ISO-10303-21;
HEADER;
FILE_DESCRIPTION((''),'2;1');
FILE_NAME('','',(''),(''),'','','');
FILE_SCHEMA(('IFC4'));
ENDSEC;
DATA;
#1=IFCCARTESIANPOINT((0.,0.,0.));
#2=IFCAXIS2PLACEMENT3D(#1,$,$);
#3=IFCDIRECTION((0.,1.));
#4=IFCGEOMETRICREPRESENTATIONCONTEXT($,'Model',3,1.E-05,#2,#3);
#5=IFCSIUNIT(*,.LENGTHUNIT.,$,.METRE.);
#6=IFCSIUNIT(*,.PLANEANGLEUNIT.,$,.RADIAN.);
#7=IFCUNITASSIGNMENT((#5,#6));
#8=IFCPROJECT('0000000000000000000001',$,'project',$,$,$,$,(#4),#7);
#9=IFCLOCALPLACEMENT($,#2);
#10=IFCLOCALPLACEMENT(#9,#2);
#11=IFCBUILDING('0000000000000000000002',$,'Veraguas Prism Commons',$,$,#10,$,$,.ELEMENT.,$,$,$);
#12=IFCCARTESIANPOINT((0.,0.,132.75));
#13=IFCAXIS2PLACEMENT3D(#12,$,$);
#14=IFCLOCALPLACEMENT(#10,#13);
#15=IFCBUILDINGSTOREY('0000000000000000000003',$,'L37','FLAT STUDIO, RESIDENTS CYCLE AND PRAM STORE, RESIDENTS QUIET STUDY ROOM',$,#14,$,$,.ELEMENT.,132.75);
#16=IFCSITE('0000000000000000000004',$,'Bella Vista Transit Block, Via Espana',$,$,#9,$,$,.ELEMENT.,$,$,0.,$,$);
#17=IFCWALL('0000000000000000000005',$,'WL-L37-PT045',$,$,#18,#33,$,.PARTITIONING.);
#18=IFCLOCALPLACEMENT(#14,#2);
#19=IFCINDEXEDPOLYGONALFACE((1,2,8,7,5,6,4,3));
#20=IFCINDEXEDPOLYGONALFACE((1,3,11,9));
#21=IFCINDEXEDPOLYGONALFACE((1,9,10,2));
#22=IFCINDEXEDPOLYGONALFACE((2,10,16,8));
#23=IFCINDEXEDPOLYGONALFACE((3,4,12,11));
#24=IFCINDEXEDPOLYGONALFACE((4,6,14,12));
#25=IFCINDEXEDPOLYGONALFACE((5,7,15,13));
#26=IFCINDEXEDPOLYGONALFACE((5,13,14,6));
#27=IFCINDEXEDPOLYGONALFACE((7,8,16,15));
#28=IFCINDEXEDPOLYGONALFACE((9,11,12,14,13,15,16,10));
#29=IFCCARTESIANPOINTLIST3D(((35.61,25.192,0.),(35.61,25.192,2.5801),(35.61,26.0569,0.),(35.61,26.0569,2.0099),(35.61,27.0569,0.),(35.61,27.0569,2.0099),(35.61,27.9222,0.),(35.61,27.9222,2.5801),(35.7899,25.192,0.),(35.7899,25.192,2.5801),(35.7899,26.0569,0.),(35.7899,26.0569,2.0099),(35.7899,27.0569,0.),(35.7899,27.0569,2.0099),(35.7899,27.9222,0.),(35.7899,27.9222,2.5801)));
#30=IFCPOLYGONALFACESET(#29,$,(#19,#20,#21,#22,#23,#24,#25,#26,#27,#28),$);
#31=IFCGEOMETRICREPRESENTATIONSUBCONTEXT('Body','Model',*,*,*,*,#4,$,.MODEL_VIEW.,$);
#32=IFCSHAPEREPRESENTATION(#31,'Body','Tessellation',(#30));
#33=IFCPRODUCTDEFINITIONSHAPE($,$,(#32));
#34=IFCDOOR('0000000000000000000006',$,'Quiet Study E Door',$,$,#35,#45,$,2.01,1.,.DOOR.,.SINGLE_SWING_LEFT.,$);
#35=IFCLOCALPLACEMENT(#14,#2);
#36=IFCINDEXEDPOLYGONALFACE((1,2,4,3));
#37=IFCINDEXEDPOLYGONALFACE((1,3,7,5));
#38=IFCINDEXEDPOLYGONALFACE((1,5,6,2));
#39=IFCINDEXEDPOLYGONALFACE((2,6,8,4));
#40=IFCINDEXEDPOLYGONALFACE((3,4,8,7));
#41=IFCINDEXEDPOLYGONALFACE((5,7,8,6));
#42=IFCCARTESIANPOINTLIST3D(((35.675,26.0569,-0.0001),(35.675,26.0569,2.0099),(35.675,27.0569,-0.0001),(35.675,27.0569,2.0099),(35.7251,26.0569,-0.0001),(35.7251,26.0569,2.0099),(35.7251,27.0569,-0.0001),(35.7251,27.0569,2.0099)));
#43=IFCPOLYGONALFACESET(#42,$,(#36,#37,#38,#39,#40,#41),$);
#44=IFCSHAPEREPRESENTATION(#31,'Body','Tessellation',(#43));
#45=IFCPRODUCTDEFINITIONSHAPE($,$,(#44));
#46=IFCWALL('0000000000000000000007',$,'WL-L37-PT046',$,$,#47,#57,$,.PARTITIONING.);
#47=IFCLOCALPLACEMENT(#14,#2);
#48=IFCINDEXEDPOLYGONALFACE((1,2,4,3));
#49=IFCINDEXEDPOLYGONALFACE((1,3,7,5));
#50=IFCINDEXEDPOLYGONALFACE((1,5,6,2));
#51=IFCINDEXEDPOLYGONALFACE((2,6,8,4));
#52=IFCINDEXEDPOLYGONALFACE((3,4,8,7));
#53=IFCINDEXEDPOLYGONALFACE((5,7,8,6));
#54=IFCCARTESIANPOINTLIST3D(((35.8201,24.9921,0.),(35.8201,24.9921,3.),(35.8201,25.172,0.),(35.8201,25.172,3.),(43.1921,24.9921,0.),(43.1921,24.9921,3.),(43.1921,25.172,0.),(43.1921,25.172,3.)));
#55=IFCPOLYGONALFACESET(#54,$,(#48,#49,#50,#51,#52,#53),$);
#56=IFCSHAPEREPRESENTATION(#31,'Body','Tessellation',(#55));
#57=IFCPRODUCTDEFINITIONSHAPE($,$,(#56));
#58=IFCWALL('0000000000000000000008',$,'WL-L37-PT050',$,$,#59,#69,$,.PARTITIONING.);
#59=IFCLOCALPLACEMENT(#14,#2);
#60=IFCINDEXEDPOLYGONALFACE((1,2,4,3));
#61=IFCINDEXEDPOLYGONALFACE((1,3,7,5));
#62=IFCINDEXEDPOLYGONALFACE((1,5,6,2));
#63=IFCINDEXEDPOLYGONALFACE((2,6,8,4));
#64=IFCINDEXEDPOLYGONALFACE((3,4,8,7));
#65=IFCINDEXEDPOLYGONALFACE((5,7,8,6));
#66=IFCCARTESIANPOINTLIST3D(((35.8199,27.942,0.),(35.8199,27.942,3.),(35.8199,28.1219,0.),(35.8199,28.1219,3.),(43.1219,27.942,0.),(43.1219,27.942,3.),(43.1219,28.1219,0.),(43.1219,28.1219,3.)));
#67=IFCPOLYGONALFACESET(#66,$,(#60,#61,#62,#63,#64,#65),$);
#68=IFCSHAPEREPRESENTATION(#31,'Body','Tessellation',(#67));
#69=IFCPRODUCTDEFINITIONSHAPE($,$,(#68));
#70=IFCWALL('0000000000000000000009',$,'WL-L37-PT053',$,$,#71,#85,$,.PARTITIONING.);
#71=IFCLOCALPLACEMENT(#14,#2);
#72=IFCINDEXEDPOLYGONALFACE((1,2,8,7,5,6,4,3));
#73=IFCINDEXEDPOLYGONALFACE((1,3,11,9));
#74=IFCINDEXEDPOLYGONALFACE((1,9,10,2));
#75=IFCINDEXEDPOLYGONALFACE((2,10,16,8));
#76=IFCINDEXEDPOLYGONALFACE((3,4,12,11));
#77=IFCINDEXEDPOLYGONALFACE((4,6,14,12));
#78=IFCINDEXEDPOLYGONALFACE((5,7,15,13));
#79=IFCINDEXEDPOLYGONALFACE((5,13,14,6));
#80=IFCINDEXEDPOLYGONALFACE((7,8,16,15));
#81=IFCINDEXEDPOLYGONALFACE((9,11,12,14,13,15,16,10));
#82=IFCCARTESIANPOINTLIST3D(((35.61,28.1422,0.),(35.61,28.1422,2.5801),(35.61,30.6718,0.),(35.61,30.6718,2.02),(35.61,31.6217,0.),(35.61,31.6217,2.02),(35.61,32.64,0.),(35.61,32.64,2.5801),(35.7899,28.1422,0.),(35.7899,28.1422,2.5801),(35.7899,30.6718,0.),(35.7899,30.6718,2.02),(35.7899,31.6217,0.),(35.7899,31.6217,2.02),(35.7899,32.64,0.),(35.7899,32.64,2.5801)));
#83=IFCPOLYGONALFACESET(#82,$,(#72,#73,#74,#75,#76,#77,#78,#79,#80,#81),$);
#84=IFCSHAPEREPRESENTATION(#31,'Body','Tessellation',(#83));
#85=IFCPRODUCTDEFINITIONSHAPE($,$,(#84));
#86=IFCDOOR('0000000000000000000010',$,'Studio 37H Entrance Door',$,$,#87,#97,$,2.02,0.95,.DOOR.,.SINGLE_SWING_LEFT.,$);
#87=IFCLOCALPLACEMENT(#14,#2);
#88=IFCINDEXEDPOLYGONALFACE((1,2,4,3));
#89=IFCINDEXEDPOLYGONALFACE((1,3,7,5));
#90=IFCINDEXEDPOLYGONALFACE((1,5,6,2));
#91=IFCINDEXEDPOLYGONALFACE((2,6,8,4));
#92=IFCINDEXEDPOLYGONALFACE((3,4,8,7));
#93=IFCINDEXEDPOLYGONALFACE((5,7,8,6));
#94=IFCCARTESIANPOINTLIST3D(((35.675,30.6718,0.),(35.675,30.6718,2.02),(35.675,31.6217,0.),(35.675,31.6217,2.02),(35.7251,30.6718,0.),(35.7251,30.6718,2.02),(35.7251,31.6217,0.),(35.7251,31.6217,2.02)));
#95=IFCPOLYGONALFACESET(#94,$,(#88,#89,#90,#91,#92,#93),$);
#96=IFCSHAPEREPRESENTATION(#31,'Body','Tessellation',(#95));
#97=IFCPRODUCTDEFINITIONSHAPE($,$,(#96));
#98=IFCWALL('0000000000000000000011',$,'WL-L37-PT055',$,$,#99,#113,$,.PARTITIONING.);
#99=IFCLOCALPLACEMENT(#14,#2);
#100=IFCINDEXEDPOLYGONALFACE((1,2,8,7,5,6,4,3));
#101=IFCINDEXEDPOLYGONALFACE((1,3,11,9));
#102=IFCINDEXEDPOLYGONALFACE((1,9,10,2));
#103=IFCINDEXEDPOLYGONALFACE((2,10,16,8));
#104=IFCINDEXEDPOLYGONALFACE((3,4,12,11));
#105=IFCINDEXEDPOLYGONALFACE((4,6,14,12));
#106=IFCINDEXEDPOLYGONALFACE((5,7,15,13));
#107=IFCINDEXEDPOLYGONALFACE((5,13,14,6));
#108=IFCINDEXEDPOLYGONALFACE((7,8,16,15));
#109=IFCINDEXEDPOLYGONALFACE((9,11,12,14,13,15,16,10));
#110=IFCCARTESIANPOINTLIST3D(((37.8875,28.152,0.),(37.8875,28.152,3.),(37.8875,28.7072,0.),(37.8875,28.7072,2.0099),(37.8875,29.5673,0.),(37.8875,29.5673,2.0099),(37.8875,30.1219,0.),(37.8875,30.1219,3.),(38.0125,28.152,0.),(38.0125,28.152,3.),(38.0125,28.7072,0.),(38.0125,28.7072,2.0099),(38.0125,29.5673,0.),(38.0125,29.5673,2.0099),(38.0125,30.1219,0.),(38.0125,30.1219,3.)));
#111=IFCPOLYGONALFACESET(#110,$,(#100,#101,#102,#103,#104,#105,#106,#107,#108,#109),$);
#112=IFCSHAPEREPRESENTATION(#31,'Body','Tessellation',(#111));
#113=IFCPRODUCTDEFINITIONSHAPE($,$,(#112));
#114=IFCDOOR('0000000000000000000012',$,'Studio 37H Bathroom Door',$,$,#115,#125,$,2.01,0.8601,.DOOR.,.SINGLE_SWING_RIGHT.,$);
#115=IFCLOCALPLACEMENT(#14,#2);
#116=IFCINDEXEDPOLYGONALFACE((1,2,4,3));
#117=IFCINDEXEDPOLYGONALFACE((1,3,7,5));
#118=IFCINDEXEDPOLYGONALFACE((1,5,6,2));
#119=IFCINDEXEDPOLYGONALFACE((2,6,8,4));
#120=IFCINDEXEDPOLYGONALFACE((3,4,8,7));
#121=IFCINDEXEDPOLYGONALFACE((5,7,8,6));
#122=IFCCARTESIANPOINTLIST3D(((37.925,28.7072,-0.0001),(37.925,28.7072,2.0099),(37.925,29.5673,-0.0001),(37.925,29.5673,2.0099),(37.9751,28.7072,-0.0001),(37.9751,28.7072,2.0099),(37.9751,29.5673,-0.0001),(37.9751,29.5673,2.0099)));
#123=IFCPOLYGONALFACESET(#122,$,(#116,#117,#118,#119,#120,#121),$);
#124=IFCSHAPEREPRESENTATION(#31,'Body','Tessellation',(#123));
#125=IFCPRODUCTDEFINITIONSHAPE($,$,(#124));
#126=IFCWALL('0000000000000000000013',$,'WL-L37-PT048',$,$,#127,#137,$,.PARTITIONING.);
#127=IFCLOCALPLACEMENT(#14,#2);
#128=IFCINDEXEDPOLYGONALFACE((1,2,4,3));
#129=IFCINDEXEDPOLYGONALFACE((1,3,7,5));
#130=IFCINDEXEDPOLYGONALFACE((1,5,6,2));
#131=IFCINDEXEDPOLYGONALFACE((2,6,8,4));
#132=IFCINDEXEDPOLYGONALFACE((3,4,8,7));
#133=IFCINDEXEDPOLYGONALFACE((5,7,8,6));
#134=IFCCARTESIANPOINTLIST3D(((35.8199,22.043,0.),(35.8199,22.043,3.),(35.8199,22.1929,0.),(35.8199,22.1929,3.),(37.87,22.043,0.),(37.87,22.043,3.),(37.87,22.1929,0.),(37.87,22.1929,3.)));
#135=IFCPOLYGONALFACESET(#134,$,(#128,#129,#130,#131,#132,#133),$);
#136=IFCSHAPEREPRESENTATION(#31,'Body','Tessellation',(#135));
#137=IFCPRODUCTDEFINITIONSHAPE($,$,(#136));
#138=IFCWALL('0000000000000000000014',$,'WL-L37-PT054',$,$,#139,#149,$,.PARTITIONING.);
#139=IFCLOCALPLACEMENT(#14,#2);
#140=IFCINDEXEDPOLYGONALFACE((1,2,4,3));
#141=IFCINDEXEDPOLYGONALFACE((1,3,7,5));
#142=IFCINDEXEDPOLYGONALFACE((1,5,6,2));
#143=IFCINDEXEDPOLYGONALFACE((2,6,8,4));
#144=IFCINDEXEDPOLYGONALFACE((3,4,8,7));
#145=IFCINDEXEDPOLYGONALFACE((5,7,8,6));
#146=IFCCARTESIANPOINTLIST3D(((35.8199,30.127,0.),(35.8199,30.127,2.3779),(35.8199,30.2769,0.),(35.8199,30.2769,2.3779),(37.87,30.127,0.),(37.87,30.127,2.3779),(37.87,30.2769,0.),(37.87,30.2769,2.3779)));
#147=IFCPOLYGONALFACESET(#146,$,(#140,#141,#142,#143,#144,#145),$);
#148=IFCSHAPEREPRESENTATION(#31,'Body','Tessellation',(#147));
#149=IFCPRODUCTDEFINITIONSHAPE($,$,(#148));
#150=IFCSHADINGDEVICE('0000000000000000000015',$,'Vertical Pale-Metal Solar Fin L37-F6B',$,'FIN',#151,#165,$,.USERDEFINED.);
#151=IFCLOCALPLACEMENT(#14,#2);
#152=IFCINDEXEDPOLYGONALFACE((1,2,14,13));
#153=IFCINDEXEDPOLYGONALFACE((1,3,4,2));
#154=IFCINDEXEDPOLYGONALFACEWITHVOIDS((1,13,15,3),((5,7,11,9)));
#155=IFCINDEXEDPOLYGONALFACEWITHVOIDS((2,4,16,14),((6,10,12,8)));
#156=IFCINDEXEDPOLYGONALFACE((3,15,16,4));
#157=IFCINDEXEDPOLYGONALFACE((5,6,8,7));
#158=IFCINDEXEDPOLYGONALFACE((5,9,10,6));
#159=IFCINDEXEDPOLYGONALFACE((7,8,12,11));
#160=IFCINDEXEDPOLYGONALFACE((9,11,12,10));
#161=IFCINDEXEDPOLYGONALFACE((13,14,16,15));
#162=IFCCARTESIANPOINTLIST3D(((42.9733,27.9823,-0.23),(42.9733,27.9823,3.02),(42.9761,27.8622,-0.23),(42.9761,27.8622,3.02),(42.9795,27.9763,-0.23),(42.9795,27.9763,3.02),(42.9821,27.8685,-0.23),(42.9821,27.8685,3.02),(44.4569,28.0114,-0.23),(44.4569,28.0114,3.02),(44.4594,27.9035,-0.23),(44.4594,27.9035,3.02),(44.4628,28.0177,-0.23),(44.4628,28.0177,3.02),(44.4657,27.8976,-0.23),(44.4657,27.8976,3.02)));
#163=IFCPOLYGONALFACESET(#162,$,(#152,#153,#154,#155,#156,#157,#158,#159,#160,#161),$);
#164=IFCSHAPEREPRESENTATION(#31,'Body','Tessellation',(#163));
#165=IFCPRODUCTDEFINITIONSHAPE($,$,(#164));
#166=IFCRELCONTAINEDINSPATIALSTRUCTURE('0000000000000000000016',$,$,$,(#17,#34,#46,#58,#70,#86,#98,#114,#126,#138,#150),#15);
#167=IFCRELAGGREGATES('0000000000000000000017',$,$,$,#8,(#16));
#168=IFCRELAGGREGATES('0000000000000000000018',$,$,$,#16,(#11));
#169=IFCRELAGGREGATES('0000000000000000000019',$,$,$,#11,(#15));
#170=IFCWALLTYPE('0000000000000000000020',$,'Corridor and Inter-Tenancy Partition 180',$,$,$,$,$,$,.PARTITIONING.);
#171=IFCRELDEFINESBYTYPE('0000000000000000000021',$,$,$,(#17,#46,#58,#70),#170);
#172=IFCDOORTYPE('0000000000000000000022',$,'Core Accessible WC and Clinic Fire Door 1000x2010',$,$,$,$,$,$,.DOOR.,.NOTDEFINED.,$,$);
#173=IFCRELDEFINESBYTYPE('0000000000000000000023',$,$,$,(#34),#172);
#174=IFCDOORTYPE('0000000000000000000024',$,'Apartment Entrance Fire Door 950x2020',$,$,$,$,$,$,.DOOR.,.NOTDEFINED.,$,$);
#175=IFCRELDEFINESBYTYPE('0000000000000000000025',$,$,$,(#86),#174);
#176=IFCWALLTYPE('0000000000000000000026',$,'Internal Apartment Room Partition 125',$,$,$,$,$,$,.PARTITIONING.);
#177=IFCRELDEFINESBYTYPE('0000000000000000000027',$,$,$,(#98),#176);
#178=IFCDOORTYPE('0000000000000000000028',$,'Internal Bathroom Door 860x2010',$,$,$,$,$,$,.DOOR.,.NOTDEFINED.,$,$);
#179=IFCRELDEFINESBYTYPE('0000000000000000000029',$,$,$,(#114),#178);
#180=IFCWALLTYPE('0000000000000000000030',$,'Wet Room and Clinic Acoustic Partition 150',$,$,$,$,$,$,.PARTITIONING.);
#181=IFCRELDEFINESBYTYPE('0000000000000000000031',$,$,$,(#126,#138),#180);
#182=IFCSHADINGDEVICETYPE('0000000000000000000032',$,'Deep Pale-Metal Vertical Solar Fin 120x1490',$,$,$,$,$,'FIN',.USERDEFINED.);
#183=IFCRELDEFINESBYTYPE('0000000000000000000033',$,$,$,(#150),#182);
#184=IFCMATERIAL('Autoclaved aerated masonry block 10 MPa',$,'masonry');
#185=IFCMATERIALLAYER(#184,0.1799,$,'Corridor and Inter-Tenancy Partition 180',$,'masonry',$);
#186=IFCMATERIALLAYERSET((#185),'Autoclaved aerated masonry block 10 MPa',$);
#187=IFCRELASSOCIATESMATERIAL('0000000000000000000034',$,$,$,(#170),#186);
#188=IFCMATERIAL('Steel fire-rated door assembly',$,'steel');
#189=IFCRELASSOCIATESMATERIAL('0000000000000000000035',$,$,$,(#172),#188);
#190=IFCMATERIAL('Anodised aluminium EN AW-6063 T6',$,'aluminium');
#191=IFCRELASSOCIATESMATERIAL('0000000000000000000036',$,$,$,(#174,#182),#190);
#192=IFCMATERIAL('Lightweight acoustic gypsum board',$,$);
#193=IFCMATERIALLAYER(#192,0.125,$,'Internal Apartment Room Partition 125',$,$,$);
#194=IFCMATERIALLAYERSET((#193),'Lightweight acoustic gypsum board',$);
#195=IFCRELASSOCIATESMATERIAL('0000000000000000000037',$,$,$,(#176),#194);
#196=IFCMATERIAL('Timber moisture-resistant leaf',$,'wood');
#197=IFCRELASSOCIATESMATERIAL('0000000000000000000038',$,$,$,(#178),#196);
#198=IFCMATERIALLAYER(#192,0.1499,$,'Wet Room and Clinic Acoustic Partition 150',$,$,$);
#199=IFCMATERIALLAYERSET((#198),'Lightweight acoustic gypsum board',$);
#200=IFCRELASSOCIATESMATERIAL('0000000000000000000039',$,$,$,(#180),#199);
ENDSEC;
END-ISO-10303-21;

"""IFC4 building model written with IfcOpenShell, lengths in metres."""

from ifc_helpers import new_model, si_unit, direction, frame, frame_2d, origin, origin_2d, place, context, subcontext, project, spatial, rectangle, hollow_rectangle, extrude, source, transform, mapped, material, layer, layer_set, material_profile, profile_set, type_object, element, fill, save


model = new_model("IFC4")

# Units and contexts
model_context = context("Model", 3, precision=1e-05, world=origin(), true_north=direction((0.0, 1.0)))
body_context = subcontext(model_context, "Body", "Model", "MODEL_VIEW")
ifc_project = project(units=[si_unit("LENGTHUNIT", "METRE"), si_unit("PLANEANGLEUNIT", "RADIAN")], contexts=[model_context])

# Site, building, storey
site_placement = place(None, origin())
site = spatial("IfcSite", under=ifc_project, at=site_placement, Name="Bella Vista Transit Block, Via Espana", CompositionType="ELEMENT", RefElevation=0.0)
building_placement = place(site_placement, origin())
building = spatial("IfcBuilding", under=site, at=building_placement, Name="Veraguas Prism Commons", CompositionType="ELEMENT")
storey_placement = place(building_placement, frame((0.0, 0.0, 132.75)))
storey = spatial("IfcBuildingStorey", under=building, at=storey_placement, Name="L37", Description="FLAT STUDIO, RESIDENTS CYCLE AND PRAM STORE, RESIDENTS QUIET STUDY ROOM", CompositionType="ELEMENT", Elevation=132.75)

# Shared definitions
ifc_material_1 = material(Name="Anodised aluminium EN AW-6063 T6", Category="aluminium")

# Wall, opening, door
ifc_material_2 = material(Name="Autoclaved aerated masonry block 10 MPa", Category="masonry")
ifc_layer_1 = layer(ifc_material_2, 0.1799, Name="Corridor and Inter-Tenancy Partition 180", Category="masonry")
ifc_layer_set_1 = layer_set([ifc_layer_1], Name="Autoclaved aerated masonry block 10 MPa")
wall_type_1 = type_object("IfcWallType", Name="Corridor and Inter-Tenancy Partition 180", PredefinedType="PARTITIONING", material=ifc_layer_set_1)
wall_1_placement = place(storey_placement, frame((35.7, 25.1919, 0.0), z_axis=(0.0, 0.0, 1.0), x_axis=(0.0, 1.0, 0.0)))
wall_1 = element("IfcWall", 1, at=wall_1_placement, inside=storey, type_object=wall_type_1, Name="WL-L37-PT045", PredefinedType="PARTITIONING", context=body_context, shape_type="SweptSolid", body=[
    extrude(rectangle(XDim=2.7302, YDim=0.1799, at=frame_2d((1.3652, 0.0))), origin(), (0.0, 0.0, 1.0), 2.5801),
])
opening_1_placement = place(wall_1_placement, frame((0.865, 0.0, 0.0)))
opening_1 = element("IfcOpeningElement", 2, at=opening_1_placement, cuts=wall_1, PredefinedType="OPENING", context=body_context, shape_type="SweptSolid", body=[
    extrude(rectangle(XDim=1.0, YDim=2.01, at=frame_2d((0.5, 1.0049))), frame((0.0, 0.0999, 0.0), z_axis=(0.0, -1.0, 0.0), x_axis=(1.0, 0.0, 0.0)), (0.0, 0.0, 1.0), 0.2),
])
ifc_material_3 = material(Name="Steel fire-rated door assembly", Category="steel")
door_type_1 = type_object("IfcDoorType", Name="Core Accessible WC and Clinic Fire Door 1000x2010", OperationType="NOTDEFINED", PredefinedType="DOOR", material=ifc_material_3)
shared_shape_1 = source(origin(), body_context, "Body", "SweptSolid", [
    extrude(rectangle(XDim=1.0, YDim=2.01, at=frame_2d((0.5, 1.0049))), frame((0.0, 0.0249, 0.0), z_axis=(0.0, -1.0, 0.0), x_axis=(1.0, 0.0, 0.0)), (0.0, 0.0, 1.0), 0.05),
])
door_1_placement = place(opening_1_placement, origin())
door_1 = element("IfcDoor", 3, at=door_1_placement, inside=storey, type_object=door_type_1, Name="Quiet Study E Door", OperationType="SINGLE_SWING_LEFT", OverallHeight=2.01, OverallWidth=1.0, PredefinedType="DOOR", context=body_context, shape_type="MappedRepresentation", body=[
    mapped(shared_shape_1, transform((0.0, 0.0, 0.0), scale=1.0)),
])
fill(opening_1, door_1)

# Walls
wall_2_placement = place(storey_placement, frame((35.8201, 25.082, 0.0), z_axis=(0.0, 0.0, 1.0), x_axis=(1.0, 0.0, 0.0)))
element("IfcWall", 4, at=wall_2_placement, inside=storey, type_object=wall_type_1, Name="WL-L37-PT046", PredefinedType="PARTITIONING", context=body_context, shape_type="SweptSolid", body=[
    extrude(rectangle(XDim=7.3721, YDim=0.1799, at=frame_2d((3.686, 0.0))), origin(), (0.0, 0.0, 1.0), 3.0),
])
wall_3_placement = place(storey_placement, frame((35.8201, 28.032, 0.0), z_axis=(0.0, 0.0, 1.0), x_axis=(1.0, 0.0, 0.0)))
element("IfcWall", 5, at=wall_3_placement, inside=storey, type_object=wall_type_1, Name="WL-L37-PT050", PredefinedType="PARTITIONING", context=body_context, shape_type="SweptSolid", body=[
    extrude(rectangle(XDim=7.302, YDim=0.1799, at=frame_2d((3.6509, 0.0))), origin(), (0.0, 0.0, 1.0), 3.0),
])

# Walls, openings, doors
wall_4_placement = place(storey_placement, frame((35.7, 28.1421, 0.0), z_axis=(0.0, 0.0, 1.0), x_axis=(0.0, 1.0, 0.0)))
wall_4 = element("IfcWall", 6, at=wall_4_placement, inside=storey, type_object=wall_type_1, Name="WL-L37-PT053", PredefinedType="PARTITIONING", context=body_context, shape_type="SweptSolid", body=[
    extrude(rectangle(XDim=4.4978, YDim=0.1799, at=frame_2d((2.249, 0.0))), origin(), (0.0, 0.0, 1.0), 2.5801),
])
opening_2_placement = place(wall_4_placement, frame((2.5295, 0.0, 0.0)))
opening_2 = element("IfcOpeningElement", 7, at=opening_2_placement, cuts=wall_4, PredefinedType="OPENING", context=body_context, shape_type="SweptSolid", body=[
    extrude(rectangle(XDim=0.95, YDim=2.02, at=frame_2d((0.4751, 1.01))), frame((0.0, 0.0999, 0.0), z_axis=(0.0, -1.0, 0.0), x_axis=(1.0, 0.0, 0.0)), (0.0, 0.0, 1.0), 0.2),
])
door_type_2 = type_object("IfcDoorType", Name="Apartment Entrance Fire Door 950x2020", OperationType="NOTDEFINED", PredefinedType="DOOR", material=ifc_material_1)
shared_shape_2 = source(origin(), body_context, "Body", "SweptSolid", [
    extrude(rectangle(XDim=0.95, YDim=2.02, at=frame_2d((0.4751, 1.01))), frame((0.0, 0.0249, 0.0), z_axis=(0.0, -1.0, 0.0), x_axis=(1.0, 0.0, 0.0)), (0.0, 0.0, 1.0), 0.05),
])
door_2_placement = place(opening_2_placement, origin())
door_2 = element("IfcDoor", 8, at=door_2_placement, inside=storey, type_object=door_type_2, Name="Studio 37H Entrance Door", OperationType="SINGLE_SWING_LEFT", OverallHeight=2.02, OverallWidth=0.95, PredefinedType="DOOR", context=body_context, shape_type="MappedRepresentation", body=[
    mapped(shared_shape_2, transform((0.0, 0.0, 0.0), scale=1.0)),
])
fill(opening_2, door_2)
ifc_material_4 = material(Name="Lightweight acoustic gypsum board")
ifc_layer_2 = layer(ifc_material_4, 0.125, Name="Internal Apartment Room Partition 125")
ifc_layer_set_2 = layer_set([ifc_layer_2], Name="Lightweight acoustic gypsum board")
wall_type_2 = type_object("IfcWallType", Name="Internal Apartment Room Partition 125", PredefinedType="PARTITIONING", material=ifc_layer_set_2)
wall_5_placement = place(storey_placement, frame((37.95, 28.1521, 0.0), z_axis=(0.0, 0.0, 1.0), x_axis=(0.0, 1.0, 0.0)))
wall_5 = element("IfcWall", 9, at=wall_5_placement, inside=storey, type_object=wall_type_2, Name="WL-L37-PT055", PredefinedType="PARTITIONING", context=body_context, shape_type="SweptSolid", body=[
    extrude(rectangle(XDim=1.97, YDim=0.125, at=frame_2d((0.9849, 0.0))), origin(), (0.0, 0.0, 1.0), 3.0),
])
opening_3_placement = place(wall_5_placement, frame((0.5549, 0.0, 0.0)))
opening_3 = element("IfcOpeningElement", 10, at=opening_3_placement, cuts=wall_5, PredefinedType="OPENING", context=body_context, shape_type="SweptSolid", body=[
    extrude(rectangle(XDim=0.8601, YDim=2.01, at=frame_2d((0.4302, 1.0049))), frame((0.0, 0.0725, 0.0), z_axis=(0.0, -1.0, 0.0), x_axis=(1.0, 0.0, 0.0)), (0.0, 0.0, 1.0), 0.145),
])
ifc_material_5 = material(Name="Timber moisture-resistant leaf", Category="wood")
door_type_3 = type_object("IfcDoorType", Name="Internal Bathroom Door 860x2010", OperationType="NOTDEFINED", PredefinedType="DOOR", material=ifc_material_5)
shared_shape_3 = source(origin(), body_context, "Body", "SweptSolid", [
    extrude(rectangle(XDim=0.8601, YDim=2.01, at=frame_2d((0.4302, 1.0049))), frame((0.0, 0.0249, 0.0), z_axis=(0.0, -1.0, 0.0), x_axis=(1.0, 0.0, 0.0)), (0.0, 0.0, 1.0), 0.05),
])
door_3_placement = place(opening_3_placement, origin())
door_3 = element("IfcDoor", 11, at=door_3_placement, inside=storey, type_object=door_type_3, Name="Studio 37H Bathroom Door", OperationType="SINGLE_SWING_RIGHT", OverallHeight=2.01, OverallWidth=0.8601, PredefinedType="DOOR", context=body_context, shape_type="MappedRepresentation", body=[
    mapped(shared_shape_3, transform((0.0, 0.0, 0.0), scale=1.0)),
])
fill(opening_3, door_3)

# Walls
ifc_layer_3 = layer(ifc_material_4, 0.1499, Name="Wet Room and Clinic Acoustic Partition 150")
ifc_layer_set_3 = layer_set([ifc_layer_3], Name="Lightweight acoustic gypsum board")
wall_type_3 = type_object("IfcWallType", Name="Wet Room and Clinic Acoustic Partition 150", PredefinedType="PARTITIONING", material=ifc_layer_set_3)
wall_6_placement = place(storey_placement, frame((35.8201, 22.1179, 0.0), z_axis=(0.0, 0.0, 1.0), x_axis=(1.0, 0.0, 0.0)))
element("IfcWall", 12, at=wall_6_placement, inside=storey, type_object=wall_type_3, Name="WL-L37-PT048", PredefinedType="PARTITIONING", context=body_context, shape_type="SweptSolid", body=[
    extrude(rectangle(XDim=2.05, YDim=0.1499, at=frame_2d((1.0249, 0.0))), origin(), (0.0, 0.0, 1.0), 3.0),
])
wall_7_placement = place(storey_placement, frame((35.8201, 30.2019, 0.0), z_axis=(0.0, 0.0, 1.0), x_axis=(1.0, 0.0, 0.0)))
element("IfcWall", 13, at=wall_7_placement, inside=storey, type_object=wall_type_3, Name="WL-L37-PT054", PredefinedType="PARTITIONING", context=body_context, shape_type="SweptSolid", body=[
    extrude(rectangle(XDim=2.05, YDim=0.1499, at=frame_2d((1.0249, 0.0))), origin(), (0.0, 0.0, 1.0), 2.3779),
])

# Shading device
ifc_material_profile_1 = material_profile(ifc_material_1, hollow_rectangle(XDim=0.1201, YDim=1.49, WallThickness=0.0061, at=origin_2d()), Name="FIN120X1490X6")
ifc_profile_set_1 = profile_set([ifc_material_profile_1], Name="Anodised aluminium EN AW-6063 T6")
shading_device_type = type_object("IfcShadingDeviceType", Name="Deep Pale-Metal Vertical Solar Fin 120x1490", ElementType="FIN", PredefinedType="USERDEFINED", material=ifc_profile_set_1)
shading_device_placement = place(storey_placement, frame((43.7195, 27.9399, -0.23), z_axis=(0.0, 0.0, 1.0), x_axis=(-0.023734, 0.999718, 0.0)))
element("IfcShadingDevice", 14, at=shading_device_placement, inside=storey, type_object=shading_device_type, Name="Vertical Pale-Metal Solar Fin L37-F6B", ObjectType="FIN", PredefinedType="USERDEFINED", context=body_context, shape_type="SweptSolid", body=[
    extrude(hollow_rectangle(XDim=0.1201, YDim=1.49, WallThickness=0.0061, at=origin_2d()), origin(), (0.0, 0.0, 1.0), 3.25),
])

save(model, "model.ifc")
